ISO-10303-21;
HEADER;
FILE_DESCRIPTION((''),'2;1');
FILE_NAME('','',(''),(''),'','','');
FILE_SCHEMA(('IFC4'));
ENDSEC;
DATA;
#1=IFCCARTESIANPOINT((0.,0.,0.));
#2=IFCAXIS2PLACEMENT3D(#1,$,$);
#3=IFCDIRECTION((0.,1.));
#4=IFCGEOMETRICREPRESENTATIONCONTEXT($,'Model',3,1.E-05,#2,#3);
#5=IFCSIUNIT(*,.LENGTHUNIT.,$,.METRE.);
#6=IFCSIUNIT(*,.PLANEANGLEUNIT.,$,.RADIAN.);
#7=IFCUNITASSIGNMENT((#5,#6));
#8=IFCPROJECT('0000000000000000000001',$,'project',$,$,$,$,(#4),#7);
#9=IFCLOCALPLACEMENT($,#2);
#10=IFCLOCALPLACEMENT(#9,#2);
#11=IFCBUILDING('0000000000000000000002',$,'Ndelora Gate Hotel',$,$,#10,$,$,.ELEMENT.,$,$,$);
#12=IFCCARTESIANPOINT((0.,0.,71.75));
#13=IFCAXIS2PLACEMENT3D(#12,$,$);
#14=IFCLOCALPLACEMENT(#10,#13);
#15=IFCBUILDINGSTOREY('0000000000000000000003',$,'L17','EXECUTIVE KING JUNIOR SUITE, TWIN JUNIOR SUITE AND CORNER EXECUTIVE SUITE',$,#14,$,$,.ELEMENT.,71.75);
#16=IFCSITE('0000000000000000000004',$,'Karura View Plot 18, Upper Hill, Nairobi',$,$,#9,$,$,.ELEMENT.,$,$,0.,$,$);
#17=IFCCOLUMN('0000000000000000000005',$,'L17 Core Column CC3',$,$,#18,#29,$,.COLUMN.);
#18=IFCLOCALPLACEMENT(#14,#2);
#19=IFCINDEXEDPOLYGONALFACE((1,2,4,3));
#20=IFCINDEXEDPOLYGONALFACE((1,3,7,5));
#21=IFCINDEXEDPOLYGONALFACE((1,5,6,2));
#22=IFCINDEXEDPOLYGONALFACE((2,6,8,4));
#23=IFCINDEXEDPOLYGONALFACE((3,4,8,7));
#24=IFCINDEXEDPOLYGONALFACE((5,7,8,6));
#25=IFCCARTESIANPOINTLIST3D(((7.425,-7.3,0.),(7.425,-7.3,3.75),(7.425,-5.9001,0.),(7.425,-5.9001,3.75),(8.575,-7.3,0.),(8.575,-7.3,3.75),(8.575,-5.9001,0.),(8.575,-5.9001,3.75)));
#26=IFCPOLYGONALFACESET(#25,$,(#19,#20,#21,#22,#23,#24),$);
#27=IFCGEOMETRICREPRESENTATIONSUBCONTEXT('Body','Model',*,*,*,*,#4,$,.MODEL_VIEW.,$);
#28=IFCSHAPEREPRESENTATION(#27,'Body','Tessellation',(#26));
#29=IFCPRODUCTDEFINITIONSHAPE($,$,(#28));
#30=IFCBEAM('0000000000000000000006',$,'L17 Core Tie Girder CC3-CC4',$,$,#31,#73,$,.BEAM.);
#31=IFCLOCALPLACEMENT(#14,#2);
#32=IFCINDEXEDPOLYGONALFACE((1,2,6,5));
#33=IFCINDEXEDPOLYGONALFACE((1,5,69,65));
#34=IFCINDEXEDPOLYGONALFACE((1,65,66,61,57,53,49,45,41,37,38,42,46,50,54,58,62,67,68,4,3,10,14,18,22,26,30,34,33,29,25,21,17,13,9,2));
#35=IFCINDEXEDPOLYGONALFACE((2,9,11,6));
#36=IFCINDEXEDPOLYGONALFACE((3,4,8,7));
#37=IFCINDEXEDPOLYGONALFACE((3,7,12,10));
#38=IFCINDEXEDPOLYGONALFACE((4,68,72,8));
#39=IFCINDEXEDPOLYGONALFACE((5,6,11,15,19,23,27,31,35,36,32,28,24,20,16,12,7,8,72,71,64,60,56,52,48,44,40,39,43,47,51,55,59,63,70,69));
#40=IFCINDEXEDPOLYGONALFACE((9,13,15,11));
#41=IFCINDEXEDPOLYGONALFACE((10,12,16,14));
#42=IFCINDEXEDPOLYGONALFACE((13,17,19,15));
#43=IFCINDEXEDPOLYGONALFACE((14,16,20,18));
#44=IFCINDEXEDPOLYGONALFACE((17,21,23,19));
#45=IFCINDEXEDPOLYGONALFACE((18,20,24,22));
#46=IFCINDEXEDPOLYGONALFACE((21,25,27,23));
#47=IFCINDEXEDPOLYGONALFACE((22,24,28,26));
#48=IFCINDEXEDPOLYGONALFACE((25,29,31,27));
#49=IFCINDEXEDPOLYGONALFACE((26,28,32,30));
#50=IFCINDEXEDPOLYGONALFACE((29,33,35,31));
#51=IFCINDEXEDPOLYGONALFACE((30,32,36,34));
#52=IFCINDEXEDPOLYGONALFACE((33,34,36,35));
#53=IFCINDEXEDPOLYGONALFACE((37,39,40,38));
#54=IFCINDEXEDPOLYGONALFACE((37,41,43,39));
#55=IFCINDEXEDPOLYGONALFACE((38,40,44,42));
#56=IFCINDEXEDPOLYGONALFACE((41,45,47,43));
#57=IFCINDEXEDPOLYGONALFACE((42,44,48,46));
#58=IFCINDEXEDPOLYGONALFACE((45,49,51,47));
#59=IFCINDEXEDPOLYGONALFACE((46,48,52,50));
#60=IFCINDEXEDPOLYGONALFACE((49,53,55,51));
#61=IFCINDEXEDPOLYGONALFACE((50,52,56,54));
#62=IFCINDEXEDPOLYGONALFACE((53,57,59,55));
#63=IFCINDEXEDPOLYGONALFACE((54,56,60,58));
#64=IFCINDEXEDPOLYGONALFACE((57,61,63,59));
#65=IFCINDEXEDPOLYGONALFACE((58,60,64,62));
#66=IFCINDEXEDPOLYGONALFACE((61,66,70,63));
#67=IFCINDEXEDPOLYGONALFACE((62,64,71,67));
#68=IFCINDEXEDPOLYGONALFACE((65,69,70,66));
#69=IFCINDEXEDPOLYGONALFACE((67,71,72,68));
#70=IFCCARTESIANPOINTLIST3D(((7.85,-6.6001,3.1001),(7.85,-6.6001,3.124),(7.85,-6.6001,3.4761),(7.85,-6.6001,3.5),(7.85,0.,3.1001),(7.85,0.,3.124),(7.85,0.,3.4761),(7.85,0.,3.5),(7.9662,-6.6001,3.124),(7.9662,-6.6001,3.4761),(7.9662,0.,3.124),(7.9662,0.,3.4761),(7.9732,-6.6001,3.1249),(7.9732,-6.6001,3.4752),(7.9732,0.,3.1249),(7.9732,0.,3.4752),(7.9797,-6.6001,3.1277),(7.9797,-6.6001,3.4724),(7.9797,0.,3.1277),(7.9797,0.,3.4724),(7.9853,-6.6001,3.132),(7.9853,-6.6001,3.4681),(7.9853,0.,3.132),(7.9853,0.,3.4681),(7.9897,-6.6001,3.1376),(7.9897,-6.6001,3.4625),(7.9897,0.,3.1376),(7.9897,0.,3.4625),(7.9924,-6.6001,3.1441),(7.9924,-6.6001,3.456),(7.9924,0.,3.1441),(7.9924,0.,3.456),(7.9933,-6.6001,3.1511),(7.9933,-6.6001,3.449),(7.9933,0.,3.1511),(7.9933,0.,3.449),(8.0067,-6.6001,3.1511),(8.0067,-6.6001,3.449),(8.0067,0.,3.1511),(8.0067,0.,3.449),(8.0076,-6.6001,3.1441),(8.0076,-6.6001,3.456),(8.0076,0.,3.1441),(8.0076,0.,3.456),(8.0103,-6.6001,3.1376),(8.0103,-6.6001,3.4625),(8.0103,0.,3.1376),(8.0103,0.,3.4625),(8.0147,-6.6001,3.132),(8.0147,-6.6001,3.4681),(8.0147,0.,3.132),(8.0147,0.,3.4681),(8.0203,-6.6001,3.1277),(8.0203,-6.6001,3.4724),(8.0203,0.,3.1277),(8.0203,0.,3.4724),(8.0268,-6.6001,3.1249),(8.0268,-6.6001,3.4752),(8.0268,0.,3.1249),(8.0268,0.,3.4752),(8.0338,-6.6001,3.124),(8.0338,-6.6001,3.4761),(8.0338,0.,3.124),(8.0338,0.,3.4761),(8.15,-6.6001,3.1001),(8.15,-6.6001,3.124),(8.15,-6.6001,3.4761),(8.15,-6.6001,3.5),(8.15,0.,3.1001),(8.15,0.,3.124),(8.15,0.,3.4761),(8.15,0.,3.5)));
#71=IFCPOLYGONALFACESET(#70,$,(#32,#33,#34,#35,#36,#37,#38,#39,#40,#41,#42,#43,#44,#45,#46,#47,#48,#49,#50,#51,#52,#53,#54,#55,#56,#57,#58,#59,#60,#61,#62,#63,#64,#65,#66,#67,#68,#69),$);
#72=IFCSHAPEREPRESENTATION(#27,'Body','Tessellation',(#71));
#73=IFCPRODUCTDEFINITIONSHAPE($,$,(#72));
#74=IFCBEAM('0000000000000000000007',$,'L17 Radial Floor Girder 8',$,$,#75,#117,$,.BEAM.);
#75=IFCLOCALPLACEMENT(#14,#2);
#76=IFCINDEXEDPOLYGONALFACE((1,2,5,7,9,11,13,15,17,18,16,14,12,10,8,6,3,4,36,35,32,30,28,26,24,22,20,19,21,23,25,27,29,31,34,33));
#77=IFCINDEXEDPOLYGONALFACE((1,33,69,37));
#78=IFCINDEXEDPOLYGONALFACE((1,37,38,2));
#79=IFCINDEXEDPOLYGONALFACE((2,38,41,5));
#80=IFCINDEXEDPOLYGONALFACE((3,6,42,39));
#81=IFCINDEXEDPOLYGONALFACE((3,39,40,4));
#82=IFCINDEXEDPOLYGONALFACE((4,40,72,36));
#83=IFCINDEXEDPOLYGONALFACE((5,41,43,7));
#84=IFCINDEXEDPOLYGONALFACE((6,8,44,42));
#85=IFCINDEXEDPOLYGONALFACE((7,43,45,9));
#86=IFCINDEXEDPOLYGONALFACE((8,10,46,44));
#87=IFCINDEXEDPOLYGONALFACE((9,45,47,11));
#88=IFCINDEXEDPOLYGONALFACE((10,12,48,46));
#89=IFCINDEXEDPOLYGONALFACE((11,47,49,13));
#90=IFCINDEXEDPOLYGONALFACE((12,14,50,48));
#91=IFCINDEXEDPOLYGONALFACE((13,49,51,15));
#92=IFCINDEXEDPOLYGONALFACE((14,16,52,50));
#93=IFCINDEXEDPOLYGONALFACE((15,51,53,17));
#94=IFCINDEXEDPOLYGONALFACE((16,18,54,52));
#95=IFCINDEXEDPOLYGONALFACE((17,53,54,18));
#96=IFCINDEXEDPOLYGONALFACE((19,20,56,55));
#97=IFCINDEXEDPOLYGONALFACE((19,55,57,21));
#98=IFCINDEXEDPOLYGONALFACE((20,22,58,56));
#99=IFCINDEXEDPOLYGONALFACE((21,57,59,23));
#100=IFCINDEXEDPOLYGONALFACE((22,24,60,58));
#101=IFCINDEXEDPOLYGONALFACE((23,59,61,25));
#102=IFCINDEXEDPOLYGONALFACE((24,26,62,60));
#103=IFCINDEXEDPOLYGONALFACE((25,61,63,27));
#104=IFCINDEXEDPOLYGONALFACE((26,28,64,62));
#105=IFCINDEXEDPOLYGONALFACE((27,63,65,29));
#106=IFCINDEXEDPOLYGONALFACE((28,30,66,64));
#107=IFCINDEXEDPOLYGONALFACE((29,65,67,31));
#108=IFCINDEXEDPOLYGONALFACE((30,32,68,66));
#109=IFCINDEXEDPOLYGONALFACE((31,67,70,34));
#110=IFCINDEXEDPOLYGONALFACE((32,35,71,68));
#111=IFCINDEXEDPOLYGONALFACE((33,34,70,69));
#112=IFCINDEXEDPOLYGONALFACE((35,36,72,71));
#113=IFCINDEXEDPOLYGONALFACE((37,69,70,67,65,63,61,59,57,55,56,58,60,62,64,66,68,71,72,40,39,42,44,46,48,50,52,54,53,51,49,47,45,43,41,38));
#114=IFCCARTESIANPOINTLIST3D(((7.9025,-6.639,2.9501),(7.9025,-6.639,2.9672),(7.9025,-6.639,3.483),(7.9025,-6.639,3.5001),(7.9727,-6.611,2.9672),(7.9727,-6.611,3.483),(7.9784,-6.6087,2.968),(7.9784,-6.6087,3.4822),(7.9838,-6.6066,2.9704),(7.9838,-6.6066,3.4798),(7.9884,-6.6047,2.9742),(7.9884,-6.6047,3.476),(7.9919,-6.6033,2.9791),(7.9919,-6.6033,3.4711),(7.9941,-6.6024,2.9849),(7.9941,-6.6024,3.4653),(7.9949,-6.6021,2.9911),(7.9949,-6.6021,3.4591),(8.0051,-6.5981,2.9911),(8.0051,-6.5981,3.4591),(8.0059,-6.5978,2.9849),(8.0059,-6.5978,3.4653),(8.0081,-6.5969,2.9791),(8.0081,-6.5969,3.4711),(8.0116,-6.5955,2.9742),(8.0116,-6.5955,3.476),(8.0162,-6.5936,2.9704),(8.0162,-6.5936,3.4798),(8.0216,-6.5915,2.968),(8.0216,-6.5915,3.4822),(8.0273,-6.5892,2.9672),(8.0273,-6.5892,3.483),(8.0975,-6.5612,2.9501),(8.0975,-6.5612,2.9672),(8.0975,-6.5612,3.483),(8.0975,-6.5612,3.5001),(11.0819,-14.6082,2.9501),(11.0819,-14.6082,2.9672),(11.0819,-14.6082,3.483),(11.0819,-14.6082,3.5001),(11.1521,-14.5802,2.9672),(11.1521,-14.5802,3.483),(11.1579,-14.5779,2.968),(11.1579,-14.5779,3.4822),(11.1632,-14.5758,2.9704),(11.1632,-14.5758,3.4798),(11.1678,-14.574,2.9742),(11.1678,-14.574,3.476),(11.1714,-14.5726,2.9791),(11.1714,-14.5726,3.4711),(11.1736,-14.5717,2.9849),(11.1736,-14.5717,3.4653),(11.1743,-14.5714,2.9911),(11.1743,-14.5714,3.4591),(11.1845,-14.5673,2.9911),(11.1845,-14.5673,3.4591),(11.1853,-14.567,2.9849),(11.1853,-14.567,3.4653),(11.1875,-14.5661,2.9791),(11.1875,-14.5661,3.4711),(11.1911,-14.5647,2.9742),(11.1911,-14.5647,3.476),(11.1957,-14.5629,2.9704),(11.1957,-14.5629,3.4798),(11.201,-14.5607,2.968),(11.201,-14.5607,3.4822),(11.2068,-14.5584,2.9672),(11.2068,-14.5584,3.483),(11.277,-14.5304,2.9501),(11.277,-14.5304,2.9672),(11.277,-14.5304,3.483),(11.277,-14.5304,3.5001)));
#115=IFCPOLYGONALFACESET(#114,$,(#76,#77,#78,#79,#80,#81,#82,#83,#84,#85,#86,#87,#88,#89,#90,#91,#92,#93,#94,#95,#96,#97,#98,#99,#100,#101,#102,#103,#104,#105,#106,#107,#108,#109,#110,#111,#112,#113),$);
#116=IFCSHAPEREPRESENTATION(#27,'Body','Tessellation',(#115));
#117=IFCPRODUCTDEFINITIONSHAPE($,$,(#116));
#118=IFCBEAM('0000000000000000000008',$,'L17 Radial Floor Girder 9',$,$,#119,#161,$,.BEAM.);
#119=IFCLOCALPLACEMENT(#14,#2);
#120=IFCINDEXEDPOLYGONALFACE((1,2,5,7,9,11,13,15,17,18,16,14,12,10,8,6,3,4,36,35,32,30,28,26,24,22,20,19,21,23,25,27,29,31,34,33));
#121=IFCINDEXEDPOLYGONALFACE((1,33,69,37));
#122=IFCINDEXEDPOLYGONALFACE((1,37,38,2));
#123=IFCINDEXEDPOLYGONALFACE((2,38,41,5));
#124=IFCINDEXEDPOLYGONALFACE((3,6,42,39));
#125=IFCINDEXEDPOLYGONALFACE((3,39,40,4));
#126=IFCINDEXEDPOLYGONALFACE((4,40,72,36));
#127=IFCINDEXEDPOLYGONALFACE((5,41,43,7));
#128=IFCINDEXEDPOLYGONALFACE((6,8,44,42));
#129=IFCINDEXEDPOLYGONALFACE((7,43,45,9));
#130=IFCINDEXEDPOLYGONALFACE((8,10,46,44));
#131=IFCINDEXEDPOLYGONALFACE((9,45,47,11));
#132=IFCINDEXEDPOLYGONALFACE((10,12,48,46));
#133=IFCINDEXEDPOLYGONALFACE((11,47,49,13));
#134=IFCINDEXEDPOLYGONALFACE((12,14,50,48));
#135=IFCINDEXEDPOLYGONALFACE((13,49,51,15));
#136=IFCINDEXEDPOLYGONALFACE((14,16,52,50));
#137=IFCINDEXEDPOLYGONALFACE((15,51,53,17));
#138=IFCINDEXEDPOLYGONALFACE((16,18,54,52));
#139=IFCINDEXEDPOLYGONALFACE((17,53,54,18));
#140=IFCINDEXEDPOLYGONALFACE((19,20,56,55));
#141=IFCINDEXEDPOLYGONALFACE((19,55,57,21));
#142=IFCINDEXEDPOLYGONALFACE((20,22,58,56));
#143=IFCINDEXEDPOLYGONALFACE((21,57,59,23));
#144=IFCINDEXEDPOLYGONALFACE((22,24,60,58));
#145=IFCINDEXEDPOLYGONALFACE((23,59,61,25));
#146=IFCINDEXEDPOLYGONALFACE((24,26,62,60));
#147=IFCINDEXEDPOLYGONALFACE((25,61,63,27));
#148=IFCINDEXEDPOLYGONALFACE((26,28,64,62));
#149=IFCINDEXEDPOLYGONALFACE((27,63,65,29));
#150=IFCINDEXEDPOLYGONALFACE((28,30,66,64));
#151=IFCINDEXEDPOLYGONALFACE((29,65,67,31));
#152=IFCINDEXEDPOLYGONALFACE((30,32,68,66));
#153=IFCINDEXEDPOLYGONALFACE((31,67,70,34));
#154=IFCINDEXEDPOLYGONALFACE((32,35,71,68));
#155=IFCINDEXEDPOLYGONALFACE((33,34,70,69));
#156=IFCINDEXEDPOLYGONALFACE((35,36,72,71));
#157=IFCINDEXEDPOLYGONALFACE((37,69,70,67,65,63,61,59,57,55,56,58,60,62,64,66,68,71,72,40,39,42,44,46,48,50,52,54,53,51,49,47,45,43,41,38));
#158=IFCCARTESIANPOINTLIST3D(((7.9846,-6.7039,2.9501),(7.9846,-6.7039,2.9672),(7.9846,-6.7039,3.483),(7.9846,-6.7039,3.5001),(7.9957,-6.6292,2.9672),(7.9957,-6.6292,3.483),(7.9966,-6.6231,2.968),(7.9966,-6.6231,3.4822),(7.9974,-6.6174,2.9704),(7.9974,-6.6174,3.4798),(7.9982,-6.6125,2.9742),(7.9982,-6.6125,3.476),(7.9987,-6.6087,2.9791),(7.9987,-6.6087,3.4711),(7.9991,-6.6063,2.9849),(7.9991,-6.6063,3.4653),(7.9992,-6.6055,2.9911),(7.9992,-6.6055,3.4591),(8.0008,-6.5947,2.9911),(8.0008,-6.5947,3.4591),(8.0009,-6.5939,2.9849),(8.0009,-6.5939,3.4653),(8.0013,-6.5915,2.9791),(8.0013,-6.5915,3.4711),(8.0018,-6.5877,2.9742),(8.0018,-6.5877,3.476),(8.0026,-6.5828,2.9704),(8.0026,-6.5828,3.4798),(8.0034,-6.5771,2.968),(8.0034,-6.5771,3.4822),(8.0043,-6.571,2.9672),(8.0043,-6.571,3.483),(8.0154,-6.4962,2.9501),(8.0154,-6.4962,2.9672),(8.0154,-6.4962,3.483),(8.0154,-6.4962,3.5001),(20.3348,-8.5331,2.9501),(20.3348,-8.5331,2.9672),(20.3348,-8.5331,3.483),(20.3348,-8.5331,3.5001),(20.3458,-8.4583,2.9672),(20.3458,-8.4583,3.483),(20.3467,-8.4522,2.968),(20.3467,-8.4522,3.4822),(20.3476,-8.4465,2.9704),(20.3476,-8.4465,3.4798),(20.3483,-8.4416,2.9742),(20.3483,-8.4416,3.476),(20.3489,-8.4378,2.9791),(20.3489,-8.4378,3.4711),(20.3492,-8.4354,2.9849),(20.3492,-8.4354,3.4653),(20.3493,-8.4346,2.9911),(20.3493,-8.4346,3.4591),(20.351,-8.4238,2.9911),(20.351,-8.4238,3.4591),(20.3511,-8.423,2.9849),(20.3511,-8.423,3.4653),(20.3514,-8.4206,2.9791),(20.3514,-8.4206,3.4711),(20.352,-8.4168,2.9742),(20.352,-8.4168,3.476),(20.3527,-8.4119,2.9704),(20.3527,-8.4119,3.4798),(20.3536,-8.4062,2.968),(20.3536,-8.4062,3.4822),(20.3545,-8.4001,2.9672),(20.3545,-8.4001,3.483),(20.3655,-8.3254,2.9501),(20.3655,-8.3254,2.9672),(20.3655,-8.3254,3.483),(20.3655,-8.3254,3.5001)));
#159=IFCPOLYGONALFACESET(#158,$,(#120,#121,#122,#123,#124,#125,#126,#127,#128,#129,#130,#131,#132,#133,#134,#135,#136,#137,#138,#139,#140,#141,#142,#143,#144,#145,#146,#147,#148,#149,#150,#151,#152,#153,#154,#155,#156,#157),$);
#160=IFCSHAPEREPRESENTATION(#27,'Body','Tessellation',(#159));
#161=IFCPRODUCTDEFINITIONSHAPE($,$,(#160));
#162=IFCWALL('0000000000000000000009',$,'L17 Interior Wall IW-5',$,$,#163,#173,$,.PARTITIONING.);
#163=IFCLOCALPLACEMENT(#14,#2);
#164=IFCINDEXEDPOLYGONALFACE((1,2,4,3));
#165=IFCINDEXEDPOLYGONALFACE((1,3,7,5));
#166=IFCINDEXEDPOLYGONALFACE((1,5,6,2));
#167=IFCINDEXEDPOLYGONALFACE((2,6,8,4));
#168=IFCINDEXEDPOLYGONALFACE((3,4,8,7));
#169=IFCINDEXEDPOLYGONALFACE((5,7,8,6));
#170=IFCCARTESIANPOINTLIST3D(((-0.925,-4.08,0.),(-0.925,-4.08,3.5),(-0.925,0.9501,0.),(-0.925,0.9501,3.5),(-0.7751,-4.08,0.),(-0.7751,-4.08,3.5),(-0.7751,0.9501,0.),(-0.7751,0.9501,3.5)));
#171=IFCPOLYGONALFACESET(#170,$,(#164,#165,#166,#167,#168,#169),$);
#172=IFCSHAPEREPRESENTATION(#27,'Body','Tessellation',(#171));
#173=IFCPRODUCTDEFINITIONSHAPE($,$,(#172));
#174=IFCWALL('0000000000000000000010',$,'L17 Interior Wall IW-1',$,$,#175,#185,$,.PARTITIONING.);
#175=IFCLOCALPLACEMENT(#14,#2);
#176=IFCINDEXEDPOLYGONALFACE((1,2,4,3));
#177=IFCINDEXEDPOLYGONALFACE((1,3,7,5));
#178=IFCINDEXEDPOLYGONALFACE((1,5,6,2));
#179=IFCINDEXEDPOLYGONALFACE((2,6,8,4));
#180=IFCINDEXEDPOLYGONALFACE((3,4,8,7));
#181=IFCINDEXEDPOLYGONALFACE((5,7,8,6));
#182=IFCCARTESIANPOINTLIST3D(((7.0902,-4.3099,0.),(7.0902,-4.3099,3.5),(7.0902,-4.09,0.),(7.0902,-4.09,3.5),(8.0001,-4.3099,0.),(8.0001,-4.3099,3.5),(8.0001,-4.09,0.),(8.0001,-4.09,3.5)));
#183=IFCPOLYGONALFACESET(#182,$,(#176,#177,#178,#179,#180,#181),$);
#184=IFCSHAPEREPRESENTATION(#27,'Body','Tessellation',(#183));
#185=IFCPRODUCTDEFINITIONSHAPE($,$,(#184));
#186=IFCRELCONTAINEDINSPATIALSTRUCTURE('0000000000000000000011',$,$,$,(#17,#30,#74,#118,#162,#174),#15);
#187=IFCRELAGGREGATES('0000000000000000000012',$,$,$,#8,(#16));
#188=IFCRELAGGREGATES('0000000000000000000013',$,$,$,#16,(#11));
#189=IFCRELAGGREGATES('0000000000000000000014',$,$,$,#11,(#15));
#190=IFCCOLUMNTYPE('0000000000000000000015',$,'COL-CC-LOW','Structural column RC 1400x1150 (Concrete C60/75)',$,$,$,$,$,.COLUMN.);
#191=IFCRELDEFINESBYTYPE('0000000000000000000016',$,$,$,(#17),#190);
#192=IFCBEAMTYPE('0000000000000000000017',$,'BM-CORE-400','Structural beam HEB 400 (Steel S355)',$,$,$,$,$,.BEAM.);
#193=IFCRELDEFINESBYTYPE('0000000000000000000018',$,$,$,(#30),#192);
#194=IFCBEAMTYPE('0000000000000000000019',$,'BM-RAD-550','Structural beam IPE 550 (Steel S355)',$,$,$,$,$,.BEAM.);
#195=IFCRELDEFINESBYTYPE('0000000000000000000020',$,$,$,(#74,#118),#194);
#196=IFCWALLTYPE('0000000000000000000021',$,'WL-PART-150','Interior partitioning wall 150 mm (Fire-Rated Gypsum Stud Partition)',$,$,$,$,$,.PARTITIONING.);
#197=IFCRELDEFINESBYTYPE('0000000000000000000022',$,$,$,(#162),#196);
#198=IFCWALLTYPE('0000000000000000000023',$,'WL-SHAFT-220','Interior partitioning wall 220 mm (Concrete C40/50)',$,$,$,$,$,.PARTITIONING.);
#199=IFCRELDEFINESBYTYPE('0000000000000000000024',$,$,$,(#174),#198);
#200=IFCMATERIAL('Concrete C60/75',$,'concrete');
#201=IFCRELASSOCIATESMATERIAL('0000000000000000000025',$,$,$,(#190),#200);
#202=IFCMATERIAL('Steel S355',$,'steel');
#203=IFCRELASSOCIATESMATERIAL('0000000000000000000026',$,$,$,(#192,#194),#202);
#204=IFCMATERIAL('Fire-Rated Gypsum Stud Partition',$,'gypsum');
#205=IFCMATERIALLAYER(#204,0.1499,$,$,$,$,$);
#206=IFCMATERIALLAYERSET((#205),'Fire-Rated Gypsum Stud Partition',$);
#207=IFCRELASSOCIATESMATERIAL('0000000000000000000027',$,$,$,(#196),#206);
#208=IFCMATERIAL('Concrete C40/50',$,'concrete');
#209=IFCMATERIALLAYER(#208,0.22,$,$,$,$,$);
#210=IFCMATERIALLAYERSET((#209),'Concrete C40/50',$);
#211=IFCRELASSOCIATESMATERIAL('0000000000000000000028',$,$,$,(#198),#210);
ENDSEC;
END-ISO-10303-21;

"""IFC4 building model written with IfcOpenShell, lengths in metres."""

from ifc_helpers import new_model, si_unit, direction, frame, frame_2d, origin, origin_2d, place, context, subcontext, project, spatial, rectangle, i_section, extrude, material, layer, layer_set, material_profile, profile_set, type_object, element, save


model = new_model("IFC4")

# Units and contexts
model_context = context("Model", 3, precision=1e-05, world=origin(), true_north=direction((0.0, 1.0)))
body_context = subcontext(model_context, "Body", "Model", "MODEL_VIEW")
ifc_project = project(units=[si_unit("LENGTHUNIT", "METRE"), si_unit("PLANEANGLEUNIT", "RADIAN")], contexts=[model_context])

# Site, building, storey
site_placement = place(None, origin())
site = spatial("IfcSite", under=ifc_project, at=site_placement, Name="Karura View Plot 18, Upper Hill, Nairobi", CompositionType="ELEMENT", RefElevation=0.0)
building_placement = place(site_placement, origin())
building = spatial("IfcBuilding", under=site, at=building_placement, Name="Ndelora Gate Hotel", CompositionType="ELEMENT")
storey_placement = place(building_placement, frame((0.0, 0.0, 71.75)))
storey = spatial("IfcBuildingStorey", under=building, at=storey_placement, Name="L17", Description="EXECUTIVE KING JUNIOR SUITE, TWIN JUNIOR SUITE AND CORNER EXECUTIVE SUITE", CompositionType="ELEMENT", Elevation=71.75)

# Column
ifc_material_1 = material(Name="Concrete C60/75", Category="concrete")
ifc_material_profile_1 = material_profile(ifc_material_1, rectangle(XDim=1.1499, YDim=1.3999, at=origin_2d()), Name="RC 1400x1150")
ifc_profile_set_1 = profile_set([ifc_material_profile_1], Name="Concrete C60/75")
column_type = type_object("IfcColumnType", Name="COL-CC-LOW", Description="Structural column RC 1400x1150 (Concrete C60/75)", PredefinedType="COLUMN", material=ifc_profile_set_1)
column_placement = place(storey_placement, frame((8.0, -6.6001, 0.0), z_axis=(0.0, 0.0, 1.0), x_axis=(1.0, 0.0, 0.0)))
element("IfcColumn", 1, at=column_placement, inside=storey, type_object=column_type, Name="L17 Core Column CC3", PredefinedType="COLUMN", context=body_context, shape_type="SweptSolid", body=[
    extrude(rectangle(XDim=1.1499, YDim=1.3999, at=origin_2d()), origin(), (0.0, 0.0, 1.0), 3.75),
])

# Beams
ifc_material_2 = material(Name="Steel S355", Category="steel")
ifc_material_profile_2 = material_profile(ifc_material_2, i_section(OverallWidth=0.3, OverallDepth=0.3999, WebThickness=0.0134, FlangeThickness=0.0239, FilletRadius=0.0271, at=origin_2d()), Name="HEB 400")
ifc_profile_set_2 = profile_set([ifc_material_profile_2], Name="Steel S355")
beam_type_1 = type_object("IfcBeamType", Name="BM-CORE-400", Description="Structural beam HEB 400 (Steel S355)", PredefinedType="BEAM", material=ifc_profile_set_2)
beam_1_placement = place(storey_placement, frame((8.0, -6.6001, 3.3), z_axis=(0.0, 1.0, 0.0), x_axis=(-1.0, 0.0, 0.0)))
element("IfcBeam", 2, at=beam_1_placement, inside=storey, type_object=beam_type_1, Name="L17 Core Tie Girder CC3-CC4", PredefinedType="BEAM", context=body_context, shape_type="SweptSolid", body=[
    extrude(i_section(OverallWidth=0.3, OverallDepth=0.3999, WebThickness=0.0134, FlangeThickness=0.0239, FilletRadius=0.0271, at=origin_2d()), origin(), (0.0, 0.0, 1.0), 6.6001),
])
ifc_material_profile_3 = material_profile(ifc_material_2, i_section(OverallWidth=0.21, OverallDepth=0.55, WebThickness=0.011, FlangeThickness=0.0171, FilletRadius=0.0239, at=origin_2d()), Name="IPE 550")
ifc_profile_set_3 = profile_set([ifc_material_profile_3], Name="Steel S355")
beam_type_2 = type_object("IfcBeamType", Name="BM-RAD-550", Description="Structural beam IPE 550 (Steel S355)", PredefinedType="BEAM", material=ifc_profile_set_3)
beam_2_placement = place(storey_placement, frame((8.0, -6.6001, 3.2251), z_axis=(0.370561, -0.928808, 0.0), x_axis=(0.928808, 0.370561, 0.0)))
element("IfcBeam", 3, at=beam_2_placement, inside=storey, type_object=beam_type_2, Name="L17 Radial Floor Girder 8", PredefinedType="BEAM", context=body_context, shape_type="SweptSolid", body=[
    extrude(i_section(OverallWidth=0.21, OverallDepth=0.55, WebThickness=0.011, FlangeThickness=0.0171, FilletRadius=0.0239, at=origin_2d()), origin(), (0.0, 0.0, 1.0), 8.5801),
])
beam_3_placement = place(storey_placement, frame((8.0, -6.6001, 3.2251), z_axis=(0.98921, -0.146506, 0.0), x_axis=(0.146506, 0.98921, 0.0)))
element("IfcBeam", 4, at=beam_3_placement, inside=storey, type_object=beam_type_2, Name="L17 Radial Floor Girder 9", PredefinedType="BEAM", context=body_context, shape_type="SweptSolid", body=[
    extrude(i_section(OverallWidth=0.21, OverallDepth=0.55, WebThickness=0.011, FlangeThickness=0.0171, FilletRadius=0.0239, at=origin_2d()), origin(), (0.0, 0.0, 1.0), 12.4849),
])

# Walls
ifc_material_3 = material(Name="Fire-Rated Gypsum Stud Partition", Category="gypsum")
ifc_layer_1 = layer(ifc_material_3, 0.1499)
ifc_layer_set_1 = layer_set([ifc_layer_1], Name="Fire-Rated Gypsum Stud Partition")
wall_type_1 = type_object("IfcWallType", Name="WL-PART-150", Description="Interior partitioning wall 150 mm (Fire-Rated Gypsum Stud Partition)", PredefinedType="PARTITIONING", material=ifc_layer_set_1)
wall_1_placement = place(storey_placement, frame((-0.8501, -4.0801, 0.0), z_axis=(0.0, 0.0, 1.0), x_axis=(0.0, 1.0, 0.0)))
element("IfcWall", 5, at=wall_1_placement, inside=storey, type_object=wall_type_1, Name="L17 Interior Wall IW-5", PredefinedType="PARTITIONING", context=body_context, shape_type="SweptSolid", body=[
    extrude(rectangle(XDim=5.03, YDim=0.1499, at=frame_2d((2.5151, 0.0))), origin(), (0.0, 0.0, 1.0), 3.5),
])
ifc_material_4 = material(Name="Concrete C40/50", Category="concrete")
ifc_layer_2 = layer(ifc_material_4, 0.22)
ifc_layer_set_2 = layer_set([ifc_layer_2], Name="Concrete C40/50")
wall_type_2 = type_object("IfcWallType", Name="WL-SHAFT-220", Description="Interior partitioning wall 220 mm (Concrete C40/50)", PredefinedType="PARTITIONING", material=ifc_layer_set_2)
wall_2_placement = place(storey_placement, frame((7.0901, -4.2, 0.0), z_axis=(0.0, 0.0, 1.0), x_axis=(1.0, 0.0, 0.0)))
element("IfcWall", 6, at=wall_2_placement, inside=storey, type_object=wall_type_2, Name="L17 Interior Wall IW-1", PredefinedType="PARTITIONING", context=body_context, shape_type="SweptSolid", body=[
    extrude(rectangle(XDim=0.9099, YDim=0.22, at=frame_2d((0.4551, 0.0))), origin(), (0.0, 0.0, 1.0), 3.5),
])

save(model, "model.ifc")
